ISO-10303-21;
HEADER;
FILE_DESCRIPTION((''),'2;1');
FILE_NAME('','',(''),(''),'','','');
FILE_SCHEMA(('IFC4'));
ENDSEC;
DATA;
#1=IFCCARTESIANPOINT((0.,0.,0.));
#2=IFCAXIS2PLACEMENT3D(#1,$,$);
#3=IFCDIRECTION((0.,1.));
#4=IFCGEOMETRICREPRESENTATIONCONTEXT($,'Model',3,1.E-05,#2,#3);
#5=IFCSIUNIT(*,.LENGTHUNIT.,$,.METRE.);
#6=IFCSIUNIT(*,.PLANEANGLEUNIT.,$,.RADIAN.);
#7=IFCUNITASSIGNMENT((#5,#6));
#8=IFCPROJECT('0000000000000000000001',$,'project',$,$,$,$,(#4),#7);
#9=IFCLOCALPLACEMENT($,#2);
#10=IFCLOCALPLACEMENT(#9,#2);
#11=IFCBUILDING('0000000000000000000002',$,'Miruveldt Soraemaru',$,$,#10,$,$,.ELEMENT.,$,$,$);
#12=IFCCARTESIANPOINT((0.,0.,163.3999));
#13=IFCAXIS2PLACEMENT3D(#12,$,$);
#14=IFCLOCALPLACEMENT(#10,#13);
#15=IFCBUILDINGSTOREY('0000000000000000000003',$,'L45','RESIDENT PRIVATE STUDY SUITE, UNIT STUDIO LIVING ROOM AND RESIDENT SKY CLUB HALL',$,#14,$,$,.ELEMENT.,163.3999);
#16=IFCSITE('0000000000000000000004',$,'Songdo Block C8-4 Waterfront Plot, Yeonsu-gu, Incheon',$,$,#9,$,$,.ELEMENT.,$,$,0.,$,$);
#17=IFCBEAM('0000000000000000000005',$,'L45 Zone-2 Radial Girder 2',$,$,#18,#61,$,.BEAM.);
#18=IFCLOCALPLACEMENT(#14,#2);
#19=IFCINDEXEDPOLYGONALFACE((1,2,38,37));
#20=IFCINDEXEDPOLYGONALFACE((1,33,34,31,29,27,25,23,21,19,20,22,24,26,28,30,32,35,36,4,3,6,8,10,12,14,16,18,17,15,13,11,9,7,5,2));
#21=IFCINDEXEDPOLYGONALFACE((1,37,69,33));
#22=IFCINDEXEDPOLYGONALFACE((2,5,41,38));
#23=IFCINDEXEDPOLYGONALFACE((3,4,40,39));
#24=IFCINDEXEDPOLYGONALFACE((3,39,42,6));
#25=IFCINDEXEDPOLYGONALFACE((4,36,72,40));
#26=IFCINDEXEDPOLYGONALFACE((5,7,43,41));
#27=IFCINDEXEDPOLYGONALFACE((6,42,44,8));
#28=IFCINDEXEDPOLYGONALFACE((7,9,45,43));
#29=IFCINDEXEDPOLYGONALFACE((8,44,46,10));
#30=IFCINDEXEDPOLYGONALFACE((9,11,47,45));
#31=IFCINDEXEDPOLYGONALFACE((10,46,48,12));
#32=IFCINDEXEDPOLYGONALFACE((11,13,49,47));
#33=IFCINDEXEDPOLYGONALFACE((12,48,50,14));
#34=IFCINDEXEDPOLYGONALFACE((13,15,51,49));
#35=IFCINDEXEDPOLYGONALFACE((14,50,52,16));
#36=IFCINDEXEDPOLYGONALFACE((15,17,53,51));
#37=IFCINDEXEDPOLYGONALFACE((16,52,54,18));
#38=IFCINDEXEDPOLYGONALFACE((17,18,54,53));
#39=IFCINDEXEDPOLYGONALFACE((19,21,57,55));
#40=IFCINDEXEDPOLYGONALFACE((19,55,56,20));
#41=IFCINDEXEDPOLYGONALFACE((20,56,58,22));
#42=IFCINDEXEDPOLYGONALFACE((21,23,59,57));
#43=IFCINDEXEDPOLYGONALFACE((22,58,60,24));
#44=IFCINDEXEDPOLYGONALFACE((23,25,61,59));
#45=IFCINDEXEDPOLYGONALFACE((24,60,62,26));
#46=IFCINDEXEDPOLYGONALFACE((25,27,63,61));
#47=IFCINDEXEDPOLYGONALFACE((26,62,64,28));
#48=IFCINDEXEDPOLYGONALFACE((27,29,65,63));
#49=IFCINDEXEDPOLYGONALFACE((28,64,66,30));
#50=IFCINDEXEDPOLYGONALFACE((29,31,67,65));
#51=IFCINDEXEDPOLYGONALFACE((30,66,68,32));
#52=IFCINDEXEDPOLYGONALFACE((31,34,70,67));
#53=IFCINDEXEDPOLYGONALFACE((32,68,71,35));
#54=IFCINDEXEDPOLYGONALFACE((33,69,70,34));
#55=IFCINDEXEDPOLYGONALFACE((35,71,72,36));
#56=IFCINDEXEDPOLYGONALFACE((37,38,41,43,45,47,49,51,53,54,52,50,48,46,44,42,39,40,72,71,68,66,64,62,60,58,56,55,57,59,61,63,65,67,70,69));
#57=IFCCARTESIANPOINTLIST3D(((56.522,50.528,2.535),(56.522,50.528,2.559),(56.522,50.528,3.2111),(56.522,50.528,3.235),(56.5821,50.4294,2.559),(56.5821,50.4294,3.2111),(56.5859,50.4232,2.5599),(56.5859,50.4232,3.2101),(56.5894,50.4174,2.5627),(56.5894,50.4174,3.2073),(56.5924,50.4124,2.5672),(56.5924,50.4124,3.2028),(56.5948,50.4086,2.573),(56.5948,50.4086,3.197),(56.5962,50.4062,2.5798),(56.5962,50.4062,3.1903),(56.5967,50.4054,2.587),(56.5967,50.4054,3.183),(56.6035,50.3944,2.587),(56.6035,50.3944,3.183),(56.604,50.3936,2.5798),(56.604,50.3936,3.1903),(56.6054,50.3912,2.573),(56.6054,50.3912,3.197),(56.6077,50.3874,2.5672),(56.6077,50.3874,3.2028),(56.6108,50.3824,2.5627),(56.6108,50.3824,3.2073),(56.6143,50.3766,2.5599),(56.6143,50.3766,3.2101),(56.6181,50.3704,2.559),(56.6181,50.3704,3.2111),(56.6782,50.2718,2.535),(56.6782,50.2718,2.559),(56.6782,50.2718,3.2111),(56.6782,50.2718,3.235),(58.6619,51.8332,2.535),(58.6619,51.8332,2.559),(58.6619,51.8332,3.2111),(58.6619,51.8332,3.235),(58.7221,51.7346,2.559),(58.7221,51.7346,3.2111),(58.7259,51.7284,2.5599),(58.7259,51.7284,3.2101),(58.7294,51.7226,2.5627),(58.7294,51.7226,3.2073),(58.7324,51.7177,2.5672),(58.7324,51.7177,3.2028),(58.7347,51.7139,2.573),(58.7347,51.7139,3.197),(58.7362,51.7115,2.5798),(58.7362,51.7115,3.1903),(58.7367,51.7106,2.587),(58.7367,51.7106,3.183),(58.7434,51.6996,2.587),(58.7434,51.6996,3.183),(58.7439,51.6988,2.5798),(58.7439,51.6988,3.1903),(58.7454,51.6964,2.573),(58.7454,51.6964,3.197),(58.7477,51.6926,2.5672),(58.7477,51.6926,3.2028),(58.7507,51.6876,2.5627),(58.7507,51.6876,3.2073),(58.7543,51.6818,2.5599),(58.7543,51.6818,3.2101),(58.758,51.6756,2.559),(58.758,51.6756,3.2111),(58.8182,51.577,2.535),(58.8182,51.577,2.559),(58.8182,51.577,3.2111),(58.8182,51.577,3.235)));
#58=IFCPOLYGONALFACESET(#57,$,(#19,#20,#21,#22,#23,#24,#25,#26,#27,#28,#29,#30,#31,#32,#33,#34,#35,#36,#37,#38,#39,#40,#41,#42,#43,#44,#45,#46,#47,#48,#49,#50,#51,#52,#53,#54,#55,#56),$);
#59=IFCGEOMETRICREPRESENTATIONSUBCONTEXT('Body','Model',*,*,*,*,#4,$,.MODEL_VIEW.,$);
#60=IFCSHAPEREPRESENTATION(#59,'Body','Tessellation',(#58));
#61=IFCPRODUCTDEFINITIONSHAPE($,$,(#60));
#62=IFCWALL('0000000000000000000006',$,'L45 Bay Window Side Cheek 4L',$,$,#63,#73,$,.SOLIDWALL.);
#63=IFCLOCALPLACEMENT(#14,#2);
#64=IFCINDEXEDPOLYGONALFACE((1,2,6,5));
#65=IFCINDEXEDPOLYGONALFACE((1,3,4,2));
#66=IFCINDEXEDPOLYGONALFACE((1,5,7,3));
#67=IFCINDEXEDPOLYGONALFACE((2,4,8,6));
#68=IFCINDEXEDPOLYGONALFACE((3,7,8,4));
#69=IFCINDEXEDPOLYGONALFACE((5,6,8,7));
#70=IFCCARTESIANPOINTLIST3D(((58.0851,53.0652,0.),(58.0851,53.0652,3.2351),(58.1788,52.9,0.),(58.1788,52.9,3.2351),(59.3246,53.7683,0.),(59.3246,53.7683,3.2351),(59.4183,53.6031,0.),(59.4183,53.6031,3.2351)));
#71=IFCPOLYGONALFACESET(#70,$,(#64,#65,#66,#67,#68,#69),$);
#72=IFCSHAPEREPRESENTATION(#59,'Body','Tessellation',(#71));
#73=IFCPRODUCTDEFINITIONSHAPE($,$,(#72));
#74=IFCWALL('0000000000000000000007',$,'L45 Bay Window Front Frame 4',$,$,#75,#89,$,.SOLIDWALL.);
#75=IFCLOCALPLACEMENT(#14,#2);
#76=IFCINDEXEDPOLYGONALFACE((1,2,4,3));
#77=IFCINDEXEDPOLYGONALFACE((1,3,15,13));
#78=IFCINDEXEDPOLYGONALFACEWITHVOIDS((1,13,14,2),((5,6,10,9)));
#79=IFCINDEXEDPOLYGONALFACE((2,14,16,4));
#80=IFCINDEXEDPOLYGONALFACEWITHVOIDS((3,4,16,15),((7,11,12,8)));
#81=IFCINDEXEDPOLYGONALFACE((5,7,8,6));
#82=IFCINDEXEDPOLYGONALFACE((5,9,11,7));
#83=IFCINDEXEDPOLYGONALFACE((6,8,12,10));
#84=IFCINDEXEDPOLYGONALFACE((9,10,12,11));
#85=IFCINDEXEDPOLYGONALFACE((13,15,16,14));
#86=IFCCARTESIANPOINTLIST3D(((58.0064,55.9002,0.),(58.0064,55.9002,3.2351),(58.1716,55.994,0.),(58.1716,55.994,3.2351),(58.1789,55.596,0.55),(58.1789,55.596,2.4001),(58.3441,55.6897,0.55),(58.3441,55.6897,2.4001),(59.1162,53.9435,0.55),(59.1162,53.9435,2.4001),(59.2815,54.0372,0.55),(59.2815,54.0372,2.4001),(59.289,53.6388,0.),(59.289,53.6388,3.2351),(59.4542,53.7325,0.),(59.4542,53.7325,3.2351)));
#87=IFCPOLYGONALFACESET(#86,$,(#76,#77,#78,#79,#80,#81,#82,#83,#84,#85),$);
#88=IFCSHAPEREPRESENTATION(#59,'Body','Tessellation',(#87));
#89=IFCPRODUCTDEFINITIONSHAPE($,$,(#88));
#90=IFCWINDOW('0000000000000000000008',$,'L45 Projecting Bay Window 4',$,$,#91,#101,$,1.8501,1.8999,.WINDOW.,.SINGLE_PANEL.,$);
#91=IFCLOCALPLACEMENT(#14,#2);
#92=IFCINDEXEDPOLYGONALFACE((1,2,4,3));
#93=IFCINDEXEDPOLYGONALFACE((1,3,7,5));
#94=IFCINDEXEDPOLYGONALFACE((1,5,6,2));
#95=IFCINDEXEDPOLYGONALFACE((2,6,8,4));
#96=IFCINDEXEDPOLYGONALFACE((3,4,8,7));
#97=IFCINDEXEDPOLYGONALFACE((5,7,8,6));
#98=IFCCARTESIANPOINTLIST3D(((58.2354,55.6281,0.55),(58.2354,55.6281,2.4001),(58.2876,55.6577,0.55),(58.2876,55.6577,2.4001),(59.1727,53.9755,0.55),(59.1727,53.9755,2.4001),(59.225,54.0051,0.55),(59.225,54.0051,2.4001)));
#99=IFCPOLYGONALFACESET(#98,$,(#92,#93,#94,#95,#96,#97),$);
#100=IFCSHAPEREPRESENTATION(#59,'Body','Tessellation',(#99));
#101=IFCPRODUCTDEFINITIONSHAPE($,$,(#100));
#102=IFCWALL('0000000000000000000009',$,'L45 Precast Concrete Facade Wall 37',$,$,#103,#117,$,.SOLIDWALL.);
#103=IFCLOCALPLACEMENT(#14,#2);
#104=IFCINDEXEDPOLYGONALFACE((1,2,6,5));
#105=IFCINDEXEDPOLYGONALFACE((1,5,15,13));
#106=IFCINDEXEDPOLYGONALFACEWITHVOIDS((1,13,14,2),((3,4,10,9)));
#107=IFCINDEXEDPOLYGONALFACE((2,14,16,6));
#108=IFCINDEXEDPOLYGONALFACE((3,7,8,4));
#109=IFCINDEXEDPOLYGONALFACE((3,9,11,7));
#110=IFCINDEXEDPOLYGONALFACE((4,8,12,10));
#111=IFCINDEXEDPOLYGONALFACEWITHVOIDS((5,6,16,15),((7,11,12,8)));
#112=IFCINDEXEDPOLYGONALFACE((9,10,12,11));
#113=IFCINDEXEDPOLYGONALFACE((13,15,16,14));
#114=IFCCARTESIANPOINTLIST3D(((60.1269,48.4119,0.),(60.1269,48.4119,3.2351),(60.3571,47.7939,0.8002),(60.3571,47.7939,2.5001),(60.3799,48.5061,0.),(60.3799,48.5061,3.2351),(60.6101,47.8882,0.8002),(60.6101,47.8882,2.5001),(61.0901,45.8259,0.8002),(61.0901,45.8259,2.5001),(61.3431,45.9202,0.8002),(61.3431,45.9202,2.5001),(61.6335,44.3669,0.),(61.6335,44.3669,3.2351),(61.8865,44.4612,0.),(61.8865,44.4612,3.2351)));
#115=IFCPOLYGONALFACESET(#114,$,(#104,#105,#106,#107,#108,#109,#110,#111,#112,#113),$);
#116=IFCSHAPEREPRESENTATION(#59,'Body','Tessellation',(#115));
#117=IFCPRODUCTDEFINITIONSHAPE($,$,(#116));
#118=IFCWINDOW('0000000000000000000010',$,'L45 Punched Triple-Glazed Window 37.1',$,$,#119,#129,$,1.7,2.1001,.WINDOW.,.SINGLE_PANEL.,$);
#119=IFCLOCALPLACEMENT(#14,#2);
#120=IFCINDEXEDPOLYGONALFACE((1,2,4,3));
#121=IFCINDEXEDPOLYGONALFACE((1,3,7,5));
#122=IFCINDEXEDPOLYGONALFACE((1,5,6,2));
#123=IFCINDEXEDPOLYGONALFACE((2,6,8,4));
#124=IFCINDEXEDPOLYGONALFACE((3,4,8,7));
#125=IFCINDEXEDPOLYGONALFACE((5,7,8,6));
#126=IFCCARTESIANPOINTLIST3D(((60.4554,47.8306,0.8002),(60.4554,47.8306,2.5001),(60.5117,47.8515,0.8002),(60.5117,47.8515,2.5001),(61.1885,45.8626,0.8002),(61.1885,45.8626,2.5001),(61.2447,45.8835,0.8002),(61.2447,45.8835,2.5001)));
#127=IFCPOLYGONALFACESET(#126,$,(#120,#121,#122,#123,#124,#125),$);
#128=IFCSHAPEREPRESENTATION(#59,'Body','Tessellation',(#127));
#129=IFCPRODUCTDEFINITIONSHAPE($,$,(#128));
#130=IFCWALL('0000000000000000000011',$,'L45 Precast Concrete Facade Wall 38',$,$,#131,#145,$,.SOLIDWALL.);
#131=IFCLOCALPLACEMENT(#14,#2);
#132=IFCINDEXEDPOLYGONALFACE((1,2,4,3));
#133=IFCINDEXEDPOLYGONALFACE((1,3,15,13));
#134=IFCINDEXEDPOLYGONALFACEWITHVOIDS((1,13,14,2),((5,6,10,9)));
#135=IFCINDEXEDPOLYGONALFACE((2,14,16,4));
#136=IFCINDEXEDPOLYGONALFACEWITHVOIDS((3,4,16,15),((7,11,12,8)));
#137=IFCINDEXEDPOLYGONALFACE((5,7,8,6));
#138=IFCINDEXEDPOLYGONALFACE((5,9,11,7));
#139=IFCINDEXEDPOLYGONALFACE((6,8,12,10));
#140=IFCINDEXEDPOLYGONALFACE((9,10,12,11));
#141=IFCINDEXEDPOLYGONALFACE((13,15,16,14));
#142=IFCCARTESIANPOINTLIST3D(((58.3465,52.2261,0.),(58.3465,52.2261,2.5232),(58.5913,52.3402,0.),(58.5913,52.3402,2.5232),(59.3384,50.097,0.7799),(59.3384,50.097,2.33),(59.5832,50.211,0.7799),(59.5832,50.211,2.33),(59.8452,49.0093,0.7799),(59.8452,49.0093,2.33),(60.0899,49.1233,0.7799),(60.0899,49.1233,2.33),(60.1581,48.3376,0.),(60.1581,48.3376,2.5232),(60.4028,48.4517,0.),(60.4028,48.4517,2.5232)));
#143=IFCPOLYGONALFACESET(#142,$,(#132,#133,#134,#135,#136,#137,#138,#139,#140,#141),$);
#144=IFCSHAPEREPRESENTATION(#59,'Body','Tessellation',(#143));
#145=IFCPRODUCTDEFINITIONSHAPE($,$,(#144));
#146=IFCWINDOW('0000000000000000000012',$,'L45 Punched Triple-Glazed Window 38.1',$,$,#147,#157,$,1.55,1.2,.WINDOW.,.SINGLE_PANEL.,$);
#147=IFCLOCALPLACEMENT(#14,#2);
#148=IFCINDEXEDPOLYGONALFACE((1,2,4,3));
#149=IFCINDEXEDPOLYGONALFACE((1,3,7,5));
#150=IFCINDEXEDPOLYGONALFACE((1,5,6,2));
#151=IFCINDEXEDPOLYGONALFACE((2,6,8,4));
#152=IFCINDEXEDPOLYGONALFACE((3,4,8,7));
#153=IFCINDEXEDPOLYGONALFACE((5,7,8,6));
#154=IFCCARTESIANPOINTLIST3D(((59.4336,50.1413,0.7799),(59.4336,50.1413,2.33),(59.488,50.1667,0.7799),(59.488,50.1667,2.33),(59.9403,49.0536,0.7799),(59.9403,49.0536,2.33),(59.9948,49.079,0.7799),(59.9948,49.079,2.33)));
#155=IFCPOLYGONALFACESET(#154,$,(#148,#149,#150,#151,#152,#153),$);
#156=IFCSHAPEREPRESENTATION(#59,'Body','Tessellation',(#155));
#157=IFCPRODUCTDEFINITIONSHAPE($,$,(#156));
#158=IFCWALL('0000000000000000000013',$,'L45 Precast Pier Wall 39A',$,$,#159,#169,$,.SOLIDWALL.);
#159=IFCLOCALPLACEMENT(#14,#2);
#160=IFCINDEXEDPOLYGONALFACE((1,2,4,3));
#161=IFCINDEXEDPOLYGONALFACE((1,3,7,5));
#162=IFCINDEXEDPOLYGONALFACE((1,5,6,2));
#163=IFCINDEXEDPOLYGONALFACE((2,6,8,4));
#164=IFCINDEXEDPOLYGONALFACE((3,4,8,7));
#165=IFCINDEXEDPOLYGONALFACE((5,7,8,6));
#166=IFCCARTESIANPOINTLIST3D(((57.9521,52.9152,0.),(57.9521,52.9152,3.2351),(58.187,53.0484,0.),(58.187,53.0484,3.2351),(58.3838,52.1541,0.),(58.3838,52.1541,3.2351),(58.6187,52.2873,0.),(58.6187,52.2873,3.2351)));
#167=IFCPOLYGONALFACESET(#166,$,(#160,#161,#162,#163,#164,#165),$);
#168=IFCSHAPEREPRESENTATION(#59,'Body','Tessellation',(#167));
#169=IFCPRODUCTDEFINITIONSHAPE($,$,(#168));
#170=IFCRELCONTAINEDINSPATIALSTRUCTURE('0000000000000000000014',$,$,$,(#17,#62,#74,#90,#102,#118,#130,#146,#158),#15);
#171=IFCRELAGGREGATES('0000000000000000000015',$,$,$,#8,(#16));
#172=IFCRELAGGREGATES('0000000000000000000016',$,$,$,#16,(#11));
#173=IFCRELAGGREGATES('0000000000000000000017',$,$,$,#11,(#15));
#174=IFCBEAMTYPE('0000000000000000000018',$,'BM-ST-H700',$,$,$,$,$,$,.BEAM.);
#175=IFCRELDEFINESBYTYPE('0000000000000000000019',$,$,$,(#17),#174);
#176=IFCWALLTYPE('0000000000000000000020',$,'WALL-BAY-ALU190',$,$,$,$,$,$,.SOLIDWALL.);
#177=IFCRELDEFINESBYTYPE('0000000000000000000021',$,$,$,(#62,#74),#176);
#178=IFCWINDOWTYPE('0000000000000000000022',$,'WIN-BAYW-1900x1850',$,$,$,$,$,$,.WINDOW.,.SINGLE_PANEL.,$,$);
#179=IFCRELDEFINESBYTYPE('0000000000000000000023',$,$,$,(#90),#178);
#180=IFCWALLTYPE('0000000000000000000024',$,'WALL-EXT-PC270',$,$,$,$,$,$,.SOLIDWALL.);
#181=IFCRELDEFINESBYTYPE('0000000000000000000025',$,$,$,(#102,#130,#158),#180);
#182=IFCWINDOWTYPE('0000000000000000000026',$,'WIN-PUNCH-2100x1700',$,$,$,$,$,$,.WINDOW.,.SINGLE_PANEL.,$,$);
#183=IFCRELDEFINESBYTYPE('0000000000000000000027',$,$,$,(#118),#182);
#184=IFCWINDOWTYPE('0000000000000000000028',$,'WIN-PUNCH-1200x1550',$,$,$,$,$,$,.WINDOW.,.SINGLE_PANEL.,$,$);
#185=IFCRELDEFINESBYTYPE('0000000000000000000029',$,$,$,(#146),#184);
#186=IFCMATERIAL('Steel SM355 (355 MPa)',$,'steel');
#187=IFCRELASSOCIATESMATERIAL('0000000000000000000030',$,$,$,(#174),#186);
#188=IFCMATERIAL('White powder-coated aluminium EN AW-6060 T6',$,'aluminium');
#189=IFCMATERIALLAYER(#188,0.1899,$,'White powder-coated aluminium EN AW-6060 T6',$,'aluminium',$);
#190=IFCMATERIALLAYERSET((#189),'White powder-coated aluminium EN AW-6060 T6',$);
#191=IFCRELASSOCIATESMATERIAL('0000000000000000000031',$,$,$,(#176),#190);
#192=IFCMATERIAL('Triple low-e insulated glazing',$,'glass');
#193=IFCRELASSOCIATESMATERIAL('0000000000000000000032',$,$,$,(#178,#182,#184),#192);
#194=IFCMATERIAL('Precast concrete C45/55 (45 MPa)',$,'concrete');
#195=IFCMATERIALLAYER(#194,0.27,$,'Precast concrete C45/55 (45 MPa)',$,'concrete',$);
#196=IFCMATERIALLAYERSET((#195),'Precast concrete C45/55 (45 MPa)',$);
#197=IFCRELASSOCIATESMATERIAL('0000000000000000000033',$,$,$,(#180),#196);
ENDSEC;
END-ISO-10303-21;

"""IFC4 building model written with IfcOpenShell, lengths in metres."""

from ifc_helpers import new_model, si_unit, direction, frame, frame_2d, origin, origin_2d, place, context, subcontext, project, spatial, rectangle, i_section, extrude, material, layer, layer_set, material_profile, profile_set, type_object, element, fill, save


model = new_model("IFC4")

# Units and contexts
model_context = context("Model", 3, precision=1e-05, world=origin(), true_north=direction((0.0, 1.0)))
body_context = subcontext(model_context, "Body", "Model", "MODEL_VIEW")
ifc_project = project(units=[si_unit("LENGTHUNIT", "METRE"), si_unit("PLANEANGLEUNIT", "RADIAN")], contexts=[model_context])

# Site, building, storey
site_placement = place(None, origin())
site = spatial("IfcSite", under=ifc_project, at=site_placement, Name="Songdo Block C8-4 Waterfront Plot, Yeonsu-gu, Incheon", CompositionType="ELEMENT", RefElevation=0.0)
building_placement = place(site_placement, origin())
building = spatial("IfcBuilding", under=site, at=building_placement, Name="Miruveldt Soraemaru", CompositionType="ELEMENT")
storey_placement = place(building_placement, frame((0.0, 0.0, 163.3999)))
storey = spatial("IfcBuildingStorey", under=building, at=storey_placement, Name="L45", Description="RESIDENT PRIVATE STUDY SUITE, UNIT STUDIO LIVING ROOM AND RESIDENT SKY CLUB HALL", CompositionType="ELEMENT", Elevation=163.3999)

# Beam
ifc_material_1 = material(Name="Steel SM355 (355 MPa)", Category="steel")
ifc_material_profile_1 = material_profile(ifc_material_1, i_section(OverallWidth=0.3, OverallDepth=0.7, WebThickness=0.0129, FlangeThickness=0.0239, FilletRadius=0.0281, at=origin_2d()), Name="Steel SM355 (355 MPa)", Category="steel")
ifc_profile_set_1 = profile_set([ifc_material_profile_1], Name="Steel SM355 (355 MPa)")
beam_type_1 = type_object("IfcBeamType", Name="BM-ST-H700", PredefinedType="BEAM", material=ifc_profile_set_1)
beam_1_placement = place(storey_placement, frame((56.6001, 50.3999, 2.885), z_axis=(0.853732, 0.520713, 0.0), x_axis=(-0.520713, 0.853732, 0.0)))
element("IfcBeam", 1, at=beam_1_placement, inside=storey, type_object=beam_type_1, Name="L45 Zone-2 Radial Girder 2", PredefinedType="BEAM", context=body_context, shape_type="SweptSolid", body=[
    extrude(i_section(OverallWidth=0.3, OverallDepth=0.7, WebThickness=0.0129, FlangeThickness=0.0239, FilletRadius=0.0281, at=origin_2d()), origin(), (0.0, 0.0, 1.0), 2.5066),
])

# Wall
ifc_material_2 = material(Name="White powder-coated aluminium EN AW-6060 T6", Category="aluminium")
ifc_layer_1 = layer(ifc_material_2, 0.1899, Name="White powder-coated aluminium EN AW-6060 T6", Category="aluminium")
ifc_layer_set_1 = layer_set([ifc_layer_1], Name="White powder-coated aluminium EN AW-6060 T6")
wall_type_1 = type_object("IfcWallType", Name="WALL-BAY-ALU190", PredefinedType="SOLIDWALL", material=ifc_layer_set_1)
wall_1_placement = place(storey_placement, frame((58.1321, 52.9827, 0.0), z_axis=(0.0, 0.0, 1.0), x_axis=(0.869799, 0.493406, 0.0)))
element("IfcWall", 2, at=wall_1_placement, inside=storey, type_object=wall_type_1, Name="L45 Bay Window Side Cheek 4L", PredefinedType="SOLIDWALL", context=body_context, shape_type="SweptSolid", body=[
    extrude(rectangle(XDim=1.425, YDim=0.1899, at=frame_2d((0.7124, 0.0))), origin(), (0.0, 0.0, 1.0), 3.2351),
])

# Walls, openings, windows
wall_2_placement = place(storey_placement, frame((59.3716, 53.6858, 0.0), z_axis=(0.0, 0.0, 1.0), x_axis=(-0.493366, 0.869822, 0.0)))
wall_2 = element("IfcWall", 3, at=wall_2_placement, inside=storey, type_object=wall_type_1, Name="L45 Bay Window Front Frame 4", PredefinedType="SOLIDWALL", context=body_context, shape_type="SweptSolid", body=[
    extrude(rectangle(XDim=2.5999, YDim=0.1899, at=frame_2d((1.2998, 0.0))), origin(), (0.0, 0.0, 1.0), 3.2351),
])
opening_1_placement = place(wall_2_placement, frame((0.3501, 0.0, 0.55)))
opening_1 = element("IfcOpeningElement", 4, at=opening_1_placement, cuts=wall_2, PredefinedType="OPENING", context=body_context, shape_type="SweptSolid", body=[
    extrude(rectangle(XDim=1.8999, YDim=1.8501, at=frame_2d((0.95, 0.925))), frame((0.0, 0.105, 0.0), z_axis=(0.0, -1.0, 0.0), x_axis=(1.0, 0.0, 0.0)), (0.0, 0.0, 1.0), 0.21),
])
ifc_material_3 = material(Name="Triple low-e insulated glazing", Category="glass")
window_type_1 = type_object("IfcWindowType", Name="WIN-BAYW-1900x1850", PartitioningType="SINGLE_PANEL", PredefinedType="WINDOW", material=ifc_material_3)
window_1_placement = place(opening_1_placement, origin())
window_1 = element("IfcWindow", 5, at=window_1_placement, inside=storey, type_object=window_type_1, Name="L45 Projecting Bay Window 4", OverallHeight=1.8501, OverallWidth=1.8999, PartitioningType="SINGLE_PANEL", PredefinedType="WINDOW", context=body_context, shape_type="SweptSolid", body=[
    extrude(rectangle(XDim=1.8999, YDim=1.8501, at=frame_2d((0.95, 0.925))), frame((0.0, 0.03, 0.0), z_axis=(0.0, -1.0, 0.0), x_axis=(1.0, 0.0, 0.0)), (0.0, 0.0, 1.0), 0.0601),
])
fill(opening_1, window_1)
ifc_material_4 = material(Name="Precast concrete C45/55 (45 MPa)", Category="concrete")
ifc_layer_2 = layer(ifc_material_4, 0.27, Name="Precast concrete C45/55 (45 MPa)", Category="concrete")
ifc_layer_set_2 = layer_set([ifc_layer_2], Name="Precast concrete C45/55 (45 MPa)")
wall_type_2 = type_object("IfcWallType", Name="WALL-EXT-PC270", PredefinedType="SOLIDWALL", material=ifc_layer_set_2)
wall_3_placement = place(storey_placement, frame((61.76, 44.4141, 0.0), z_axis=(0.0, 0.0, 1.0), x_axis=(-0.34904, 0.937108, 0.0)))
wall_3 = element("IfcWall", 6, at=wall_3_placement, inside=storey, type_object=wall_type_2, Name="L45 Precast Concrete Facade Wall 37", PredefinedType="SOLIDWALL", context=body_context, shape_type="SweptSolid", body=[
    extrude(rectangle(XDim=4.3164, YDim=0.27, at=frame_2d((2.1582, 0.0))), origin(), (0.0, 0.0, 1.0), 3.2351),
])
opening_2_placement = place(wall_3_placement, frame((1.5569, 0.0, 0.8)))
opening_2 = element("IfcOpeningElement", 7, at=opening_2_placement, cuts=wall_3, PredefinedType="OPENING", context=body_context, shape_type="SweptSolid", body=[
    extrude(rectangle(XDim=2.1001, YDim=1.7, at=frame_2d((1.05, 0.8501))), frame((0.0, 0.145, 0.0), z_axis=(0.0, -1.0, 0.0), x_axis=(1.0, 0.0, 0.0)), (0.0, 0.0, 1.0), 0.29),
])
window_type_2 = type_object("IfcWindowType", Name="WIN-PUNCH-2100x1700", PartitioningType="SINGLE_PANEL", PredefinedType="WINDOW", material=ifc_material_3)
window_2_placement = place(opening_2_placement, origin())
window_2 = element("IfcWindow", 8, at=window_2_placement, inside=storey, type_object=window_type_2, Name="L45 Punched Triple-Glazed Window 37.1", OverallHeight=1.7, OverallWidth=2.1001, PartitioningType="SINGLE_PANEL", PredefinedType="WINDOW", context=body_context, shape_type="SweptSolid", body=[
    extrude(rectangle(XDim=2.1001, YDim=1.7, at=frame_2d((1.05, 0.8501))), frame((0.0, 0.03, 0.0), z_axis=(0.0, -1.0, 0.0), x_axis=(1.0, 0.0, 0.0)), (0.0, 0.0, 1.0), 0.0601),
])
fill(opening_2, window_2)
wall_4_placement = place(storey_placement, frame((60.2805, 48.3945, 0.0), z_axis=(0.0, 0.0, 1.0), x_axis=(-0.422297, 0.906458, 0.0)))
wall_4 = element("IfcWall", 9, at=wall_4_placement, inside=storey, type_object=wall_type_2, Name="L45 Precast Concrete Facade Wall 38", PredefinedType="SOLIDWALL", context=body_context, shape_type="SweptSolid", body=[
    extrude(rectangle(XDim=4.2898, YDim=0.27, at=frame_2d((2.145, 0.0))), origin(), (0.0, 0.0, 1.0), 2.5232),
])
opening_3_placement = place(wall_4_placement, frame((0.741, 0.0, 0.78)))
opening_3 = element("IfcOpeningElement", 10, at=opening_3_placement, cuts=wall_4, PredefinedType="OPENING", context=body_context, shape_type="SweptSolid", body=[
    extrude(rectangle(XDim=1.2, YDim=1.55, at=frame_2d((0.6001, 0.7749))), frame((0.0, 0.145, 0.0), z_axis=(0.0, -1.0, 0.0), x_axis=(1.0, 0.0, 0.0)), (0.0, 0.0, 1.0), 0.29),
])
window_type_3 = type_object("IfcWindowType", Name="WIN-PUNCH-1200x1550", PartitioningType="SINGLE_PANEL", PredefinedType="WINDOW", material=ifc_material_3)
window_3_placement = place(opening_3_placement, origin())
window_3 = element("IfcWindow", 11, at=window_3_placement, inside=storey, type_object=window_type_3, Name="L45 Punched Triple-Glazed Window 38.1", OverallHeight=1.55, OverallWidth=1.2, PartitioningType="SINGLE_PANEL", PredefinedType="WINDOW", context=body_context, shape_type="SweptSolid", body=[
    extrude(rectangle(XDim=1.2, YDim=1.55, at=frame_2d((0.6001, 0.7749))), frame((0.0, 0.03, 0.0), z_axis=(0.0, -1.0, 0.0), x_axis=(1.0, 0.0, 0.0)), (0.0, 0.0, 1.0), 0.0601),
])
fill(opening_3, window_3)

# Wall
wall_5_placement = place(storey_placement, frame((58.5012, 52.2207, 0.0), z_axis=(0.0, 0.0, 1.0), x_axis=(-0.493372, 0.869819, 0.0)))
element("IfcWall", 12, at=wall_5_placement, inside=storey, type_object=wall_type_2, Name="L45 Precast Pier Wall 39A", PredefinedType="SOLIDWALL", context=body_context, shape_type="SweptSolid", body=[
    extrude(rectangle(XDim=0.875, YDim=0.27, at=frame_2d((0.4375, 0.0))), origin(), (0.0, 0.0, 1.0), 3.2351),
])

save(model, "model.ifc")
